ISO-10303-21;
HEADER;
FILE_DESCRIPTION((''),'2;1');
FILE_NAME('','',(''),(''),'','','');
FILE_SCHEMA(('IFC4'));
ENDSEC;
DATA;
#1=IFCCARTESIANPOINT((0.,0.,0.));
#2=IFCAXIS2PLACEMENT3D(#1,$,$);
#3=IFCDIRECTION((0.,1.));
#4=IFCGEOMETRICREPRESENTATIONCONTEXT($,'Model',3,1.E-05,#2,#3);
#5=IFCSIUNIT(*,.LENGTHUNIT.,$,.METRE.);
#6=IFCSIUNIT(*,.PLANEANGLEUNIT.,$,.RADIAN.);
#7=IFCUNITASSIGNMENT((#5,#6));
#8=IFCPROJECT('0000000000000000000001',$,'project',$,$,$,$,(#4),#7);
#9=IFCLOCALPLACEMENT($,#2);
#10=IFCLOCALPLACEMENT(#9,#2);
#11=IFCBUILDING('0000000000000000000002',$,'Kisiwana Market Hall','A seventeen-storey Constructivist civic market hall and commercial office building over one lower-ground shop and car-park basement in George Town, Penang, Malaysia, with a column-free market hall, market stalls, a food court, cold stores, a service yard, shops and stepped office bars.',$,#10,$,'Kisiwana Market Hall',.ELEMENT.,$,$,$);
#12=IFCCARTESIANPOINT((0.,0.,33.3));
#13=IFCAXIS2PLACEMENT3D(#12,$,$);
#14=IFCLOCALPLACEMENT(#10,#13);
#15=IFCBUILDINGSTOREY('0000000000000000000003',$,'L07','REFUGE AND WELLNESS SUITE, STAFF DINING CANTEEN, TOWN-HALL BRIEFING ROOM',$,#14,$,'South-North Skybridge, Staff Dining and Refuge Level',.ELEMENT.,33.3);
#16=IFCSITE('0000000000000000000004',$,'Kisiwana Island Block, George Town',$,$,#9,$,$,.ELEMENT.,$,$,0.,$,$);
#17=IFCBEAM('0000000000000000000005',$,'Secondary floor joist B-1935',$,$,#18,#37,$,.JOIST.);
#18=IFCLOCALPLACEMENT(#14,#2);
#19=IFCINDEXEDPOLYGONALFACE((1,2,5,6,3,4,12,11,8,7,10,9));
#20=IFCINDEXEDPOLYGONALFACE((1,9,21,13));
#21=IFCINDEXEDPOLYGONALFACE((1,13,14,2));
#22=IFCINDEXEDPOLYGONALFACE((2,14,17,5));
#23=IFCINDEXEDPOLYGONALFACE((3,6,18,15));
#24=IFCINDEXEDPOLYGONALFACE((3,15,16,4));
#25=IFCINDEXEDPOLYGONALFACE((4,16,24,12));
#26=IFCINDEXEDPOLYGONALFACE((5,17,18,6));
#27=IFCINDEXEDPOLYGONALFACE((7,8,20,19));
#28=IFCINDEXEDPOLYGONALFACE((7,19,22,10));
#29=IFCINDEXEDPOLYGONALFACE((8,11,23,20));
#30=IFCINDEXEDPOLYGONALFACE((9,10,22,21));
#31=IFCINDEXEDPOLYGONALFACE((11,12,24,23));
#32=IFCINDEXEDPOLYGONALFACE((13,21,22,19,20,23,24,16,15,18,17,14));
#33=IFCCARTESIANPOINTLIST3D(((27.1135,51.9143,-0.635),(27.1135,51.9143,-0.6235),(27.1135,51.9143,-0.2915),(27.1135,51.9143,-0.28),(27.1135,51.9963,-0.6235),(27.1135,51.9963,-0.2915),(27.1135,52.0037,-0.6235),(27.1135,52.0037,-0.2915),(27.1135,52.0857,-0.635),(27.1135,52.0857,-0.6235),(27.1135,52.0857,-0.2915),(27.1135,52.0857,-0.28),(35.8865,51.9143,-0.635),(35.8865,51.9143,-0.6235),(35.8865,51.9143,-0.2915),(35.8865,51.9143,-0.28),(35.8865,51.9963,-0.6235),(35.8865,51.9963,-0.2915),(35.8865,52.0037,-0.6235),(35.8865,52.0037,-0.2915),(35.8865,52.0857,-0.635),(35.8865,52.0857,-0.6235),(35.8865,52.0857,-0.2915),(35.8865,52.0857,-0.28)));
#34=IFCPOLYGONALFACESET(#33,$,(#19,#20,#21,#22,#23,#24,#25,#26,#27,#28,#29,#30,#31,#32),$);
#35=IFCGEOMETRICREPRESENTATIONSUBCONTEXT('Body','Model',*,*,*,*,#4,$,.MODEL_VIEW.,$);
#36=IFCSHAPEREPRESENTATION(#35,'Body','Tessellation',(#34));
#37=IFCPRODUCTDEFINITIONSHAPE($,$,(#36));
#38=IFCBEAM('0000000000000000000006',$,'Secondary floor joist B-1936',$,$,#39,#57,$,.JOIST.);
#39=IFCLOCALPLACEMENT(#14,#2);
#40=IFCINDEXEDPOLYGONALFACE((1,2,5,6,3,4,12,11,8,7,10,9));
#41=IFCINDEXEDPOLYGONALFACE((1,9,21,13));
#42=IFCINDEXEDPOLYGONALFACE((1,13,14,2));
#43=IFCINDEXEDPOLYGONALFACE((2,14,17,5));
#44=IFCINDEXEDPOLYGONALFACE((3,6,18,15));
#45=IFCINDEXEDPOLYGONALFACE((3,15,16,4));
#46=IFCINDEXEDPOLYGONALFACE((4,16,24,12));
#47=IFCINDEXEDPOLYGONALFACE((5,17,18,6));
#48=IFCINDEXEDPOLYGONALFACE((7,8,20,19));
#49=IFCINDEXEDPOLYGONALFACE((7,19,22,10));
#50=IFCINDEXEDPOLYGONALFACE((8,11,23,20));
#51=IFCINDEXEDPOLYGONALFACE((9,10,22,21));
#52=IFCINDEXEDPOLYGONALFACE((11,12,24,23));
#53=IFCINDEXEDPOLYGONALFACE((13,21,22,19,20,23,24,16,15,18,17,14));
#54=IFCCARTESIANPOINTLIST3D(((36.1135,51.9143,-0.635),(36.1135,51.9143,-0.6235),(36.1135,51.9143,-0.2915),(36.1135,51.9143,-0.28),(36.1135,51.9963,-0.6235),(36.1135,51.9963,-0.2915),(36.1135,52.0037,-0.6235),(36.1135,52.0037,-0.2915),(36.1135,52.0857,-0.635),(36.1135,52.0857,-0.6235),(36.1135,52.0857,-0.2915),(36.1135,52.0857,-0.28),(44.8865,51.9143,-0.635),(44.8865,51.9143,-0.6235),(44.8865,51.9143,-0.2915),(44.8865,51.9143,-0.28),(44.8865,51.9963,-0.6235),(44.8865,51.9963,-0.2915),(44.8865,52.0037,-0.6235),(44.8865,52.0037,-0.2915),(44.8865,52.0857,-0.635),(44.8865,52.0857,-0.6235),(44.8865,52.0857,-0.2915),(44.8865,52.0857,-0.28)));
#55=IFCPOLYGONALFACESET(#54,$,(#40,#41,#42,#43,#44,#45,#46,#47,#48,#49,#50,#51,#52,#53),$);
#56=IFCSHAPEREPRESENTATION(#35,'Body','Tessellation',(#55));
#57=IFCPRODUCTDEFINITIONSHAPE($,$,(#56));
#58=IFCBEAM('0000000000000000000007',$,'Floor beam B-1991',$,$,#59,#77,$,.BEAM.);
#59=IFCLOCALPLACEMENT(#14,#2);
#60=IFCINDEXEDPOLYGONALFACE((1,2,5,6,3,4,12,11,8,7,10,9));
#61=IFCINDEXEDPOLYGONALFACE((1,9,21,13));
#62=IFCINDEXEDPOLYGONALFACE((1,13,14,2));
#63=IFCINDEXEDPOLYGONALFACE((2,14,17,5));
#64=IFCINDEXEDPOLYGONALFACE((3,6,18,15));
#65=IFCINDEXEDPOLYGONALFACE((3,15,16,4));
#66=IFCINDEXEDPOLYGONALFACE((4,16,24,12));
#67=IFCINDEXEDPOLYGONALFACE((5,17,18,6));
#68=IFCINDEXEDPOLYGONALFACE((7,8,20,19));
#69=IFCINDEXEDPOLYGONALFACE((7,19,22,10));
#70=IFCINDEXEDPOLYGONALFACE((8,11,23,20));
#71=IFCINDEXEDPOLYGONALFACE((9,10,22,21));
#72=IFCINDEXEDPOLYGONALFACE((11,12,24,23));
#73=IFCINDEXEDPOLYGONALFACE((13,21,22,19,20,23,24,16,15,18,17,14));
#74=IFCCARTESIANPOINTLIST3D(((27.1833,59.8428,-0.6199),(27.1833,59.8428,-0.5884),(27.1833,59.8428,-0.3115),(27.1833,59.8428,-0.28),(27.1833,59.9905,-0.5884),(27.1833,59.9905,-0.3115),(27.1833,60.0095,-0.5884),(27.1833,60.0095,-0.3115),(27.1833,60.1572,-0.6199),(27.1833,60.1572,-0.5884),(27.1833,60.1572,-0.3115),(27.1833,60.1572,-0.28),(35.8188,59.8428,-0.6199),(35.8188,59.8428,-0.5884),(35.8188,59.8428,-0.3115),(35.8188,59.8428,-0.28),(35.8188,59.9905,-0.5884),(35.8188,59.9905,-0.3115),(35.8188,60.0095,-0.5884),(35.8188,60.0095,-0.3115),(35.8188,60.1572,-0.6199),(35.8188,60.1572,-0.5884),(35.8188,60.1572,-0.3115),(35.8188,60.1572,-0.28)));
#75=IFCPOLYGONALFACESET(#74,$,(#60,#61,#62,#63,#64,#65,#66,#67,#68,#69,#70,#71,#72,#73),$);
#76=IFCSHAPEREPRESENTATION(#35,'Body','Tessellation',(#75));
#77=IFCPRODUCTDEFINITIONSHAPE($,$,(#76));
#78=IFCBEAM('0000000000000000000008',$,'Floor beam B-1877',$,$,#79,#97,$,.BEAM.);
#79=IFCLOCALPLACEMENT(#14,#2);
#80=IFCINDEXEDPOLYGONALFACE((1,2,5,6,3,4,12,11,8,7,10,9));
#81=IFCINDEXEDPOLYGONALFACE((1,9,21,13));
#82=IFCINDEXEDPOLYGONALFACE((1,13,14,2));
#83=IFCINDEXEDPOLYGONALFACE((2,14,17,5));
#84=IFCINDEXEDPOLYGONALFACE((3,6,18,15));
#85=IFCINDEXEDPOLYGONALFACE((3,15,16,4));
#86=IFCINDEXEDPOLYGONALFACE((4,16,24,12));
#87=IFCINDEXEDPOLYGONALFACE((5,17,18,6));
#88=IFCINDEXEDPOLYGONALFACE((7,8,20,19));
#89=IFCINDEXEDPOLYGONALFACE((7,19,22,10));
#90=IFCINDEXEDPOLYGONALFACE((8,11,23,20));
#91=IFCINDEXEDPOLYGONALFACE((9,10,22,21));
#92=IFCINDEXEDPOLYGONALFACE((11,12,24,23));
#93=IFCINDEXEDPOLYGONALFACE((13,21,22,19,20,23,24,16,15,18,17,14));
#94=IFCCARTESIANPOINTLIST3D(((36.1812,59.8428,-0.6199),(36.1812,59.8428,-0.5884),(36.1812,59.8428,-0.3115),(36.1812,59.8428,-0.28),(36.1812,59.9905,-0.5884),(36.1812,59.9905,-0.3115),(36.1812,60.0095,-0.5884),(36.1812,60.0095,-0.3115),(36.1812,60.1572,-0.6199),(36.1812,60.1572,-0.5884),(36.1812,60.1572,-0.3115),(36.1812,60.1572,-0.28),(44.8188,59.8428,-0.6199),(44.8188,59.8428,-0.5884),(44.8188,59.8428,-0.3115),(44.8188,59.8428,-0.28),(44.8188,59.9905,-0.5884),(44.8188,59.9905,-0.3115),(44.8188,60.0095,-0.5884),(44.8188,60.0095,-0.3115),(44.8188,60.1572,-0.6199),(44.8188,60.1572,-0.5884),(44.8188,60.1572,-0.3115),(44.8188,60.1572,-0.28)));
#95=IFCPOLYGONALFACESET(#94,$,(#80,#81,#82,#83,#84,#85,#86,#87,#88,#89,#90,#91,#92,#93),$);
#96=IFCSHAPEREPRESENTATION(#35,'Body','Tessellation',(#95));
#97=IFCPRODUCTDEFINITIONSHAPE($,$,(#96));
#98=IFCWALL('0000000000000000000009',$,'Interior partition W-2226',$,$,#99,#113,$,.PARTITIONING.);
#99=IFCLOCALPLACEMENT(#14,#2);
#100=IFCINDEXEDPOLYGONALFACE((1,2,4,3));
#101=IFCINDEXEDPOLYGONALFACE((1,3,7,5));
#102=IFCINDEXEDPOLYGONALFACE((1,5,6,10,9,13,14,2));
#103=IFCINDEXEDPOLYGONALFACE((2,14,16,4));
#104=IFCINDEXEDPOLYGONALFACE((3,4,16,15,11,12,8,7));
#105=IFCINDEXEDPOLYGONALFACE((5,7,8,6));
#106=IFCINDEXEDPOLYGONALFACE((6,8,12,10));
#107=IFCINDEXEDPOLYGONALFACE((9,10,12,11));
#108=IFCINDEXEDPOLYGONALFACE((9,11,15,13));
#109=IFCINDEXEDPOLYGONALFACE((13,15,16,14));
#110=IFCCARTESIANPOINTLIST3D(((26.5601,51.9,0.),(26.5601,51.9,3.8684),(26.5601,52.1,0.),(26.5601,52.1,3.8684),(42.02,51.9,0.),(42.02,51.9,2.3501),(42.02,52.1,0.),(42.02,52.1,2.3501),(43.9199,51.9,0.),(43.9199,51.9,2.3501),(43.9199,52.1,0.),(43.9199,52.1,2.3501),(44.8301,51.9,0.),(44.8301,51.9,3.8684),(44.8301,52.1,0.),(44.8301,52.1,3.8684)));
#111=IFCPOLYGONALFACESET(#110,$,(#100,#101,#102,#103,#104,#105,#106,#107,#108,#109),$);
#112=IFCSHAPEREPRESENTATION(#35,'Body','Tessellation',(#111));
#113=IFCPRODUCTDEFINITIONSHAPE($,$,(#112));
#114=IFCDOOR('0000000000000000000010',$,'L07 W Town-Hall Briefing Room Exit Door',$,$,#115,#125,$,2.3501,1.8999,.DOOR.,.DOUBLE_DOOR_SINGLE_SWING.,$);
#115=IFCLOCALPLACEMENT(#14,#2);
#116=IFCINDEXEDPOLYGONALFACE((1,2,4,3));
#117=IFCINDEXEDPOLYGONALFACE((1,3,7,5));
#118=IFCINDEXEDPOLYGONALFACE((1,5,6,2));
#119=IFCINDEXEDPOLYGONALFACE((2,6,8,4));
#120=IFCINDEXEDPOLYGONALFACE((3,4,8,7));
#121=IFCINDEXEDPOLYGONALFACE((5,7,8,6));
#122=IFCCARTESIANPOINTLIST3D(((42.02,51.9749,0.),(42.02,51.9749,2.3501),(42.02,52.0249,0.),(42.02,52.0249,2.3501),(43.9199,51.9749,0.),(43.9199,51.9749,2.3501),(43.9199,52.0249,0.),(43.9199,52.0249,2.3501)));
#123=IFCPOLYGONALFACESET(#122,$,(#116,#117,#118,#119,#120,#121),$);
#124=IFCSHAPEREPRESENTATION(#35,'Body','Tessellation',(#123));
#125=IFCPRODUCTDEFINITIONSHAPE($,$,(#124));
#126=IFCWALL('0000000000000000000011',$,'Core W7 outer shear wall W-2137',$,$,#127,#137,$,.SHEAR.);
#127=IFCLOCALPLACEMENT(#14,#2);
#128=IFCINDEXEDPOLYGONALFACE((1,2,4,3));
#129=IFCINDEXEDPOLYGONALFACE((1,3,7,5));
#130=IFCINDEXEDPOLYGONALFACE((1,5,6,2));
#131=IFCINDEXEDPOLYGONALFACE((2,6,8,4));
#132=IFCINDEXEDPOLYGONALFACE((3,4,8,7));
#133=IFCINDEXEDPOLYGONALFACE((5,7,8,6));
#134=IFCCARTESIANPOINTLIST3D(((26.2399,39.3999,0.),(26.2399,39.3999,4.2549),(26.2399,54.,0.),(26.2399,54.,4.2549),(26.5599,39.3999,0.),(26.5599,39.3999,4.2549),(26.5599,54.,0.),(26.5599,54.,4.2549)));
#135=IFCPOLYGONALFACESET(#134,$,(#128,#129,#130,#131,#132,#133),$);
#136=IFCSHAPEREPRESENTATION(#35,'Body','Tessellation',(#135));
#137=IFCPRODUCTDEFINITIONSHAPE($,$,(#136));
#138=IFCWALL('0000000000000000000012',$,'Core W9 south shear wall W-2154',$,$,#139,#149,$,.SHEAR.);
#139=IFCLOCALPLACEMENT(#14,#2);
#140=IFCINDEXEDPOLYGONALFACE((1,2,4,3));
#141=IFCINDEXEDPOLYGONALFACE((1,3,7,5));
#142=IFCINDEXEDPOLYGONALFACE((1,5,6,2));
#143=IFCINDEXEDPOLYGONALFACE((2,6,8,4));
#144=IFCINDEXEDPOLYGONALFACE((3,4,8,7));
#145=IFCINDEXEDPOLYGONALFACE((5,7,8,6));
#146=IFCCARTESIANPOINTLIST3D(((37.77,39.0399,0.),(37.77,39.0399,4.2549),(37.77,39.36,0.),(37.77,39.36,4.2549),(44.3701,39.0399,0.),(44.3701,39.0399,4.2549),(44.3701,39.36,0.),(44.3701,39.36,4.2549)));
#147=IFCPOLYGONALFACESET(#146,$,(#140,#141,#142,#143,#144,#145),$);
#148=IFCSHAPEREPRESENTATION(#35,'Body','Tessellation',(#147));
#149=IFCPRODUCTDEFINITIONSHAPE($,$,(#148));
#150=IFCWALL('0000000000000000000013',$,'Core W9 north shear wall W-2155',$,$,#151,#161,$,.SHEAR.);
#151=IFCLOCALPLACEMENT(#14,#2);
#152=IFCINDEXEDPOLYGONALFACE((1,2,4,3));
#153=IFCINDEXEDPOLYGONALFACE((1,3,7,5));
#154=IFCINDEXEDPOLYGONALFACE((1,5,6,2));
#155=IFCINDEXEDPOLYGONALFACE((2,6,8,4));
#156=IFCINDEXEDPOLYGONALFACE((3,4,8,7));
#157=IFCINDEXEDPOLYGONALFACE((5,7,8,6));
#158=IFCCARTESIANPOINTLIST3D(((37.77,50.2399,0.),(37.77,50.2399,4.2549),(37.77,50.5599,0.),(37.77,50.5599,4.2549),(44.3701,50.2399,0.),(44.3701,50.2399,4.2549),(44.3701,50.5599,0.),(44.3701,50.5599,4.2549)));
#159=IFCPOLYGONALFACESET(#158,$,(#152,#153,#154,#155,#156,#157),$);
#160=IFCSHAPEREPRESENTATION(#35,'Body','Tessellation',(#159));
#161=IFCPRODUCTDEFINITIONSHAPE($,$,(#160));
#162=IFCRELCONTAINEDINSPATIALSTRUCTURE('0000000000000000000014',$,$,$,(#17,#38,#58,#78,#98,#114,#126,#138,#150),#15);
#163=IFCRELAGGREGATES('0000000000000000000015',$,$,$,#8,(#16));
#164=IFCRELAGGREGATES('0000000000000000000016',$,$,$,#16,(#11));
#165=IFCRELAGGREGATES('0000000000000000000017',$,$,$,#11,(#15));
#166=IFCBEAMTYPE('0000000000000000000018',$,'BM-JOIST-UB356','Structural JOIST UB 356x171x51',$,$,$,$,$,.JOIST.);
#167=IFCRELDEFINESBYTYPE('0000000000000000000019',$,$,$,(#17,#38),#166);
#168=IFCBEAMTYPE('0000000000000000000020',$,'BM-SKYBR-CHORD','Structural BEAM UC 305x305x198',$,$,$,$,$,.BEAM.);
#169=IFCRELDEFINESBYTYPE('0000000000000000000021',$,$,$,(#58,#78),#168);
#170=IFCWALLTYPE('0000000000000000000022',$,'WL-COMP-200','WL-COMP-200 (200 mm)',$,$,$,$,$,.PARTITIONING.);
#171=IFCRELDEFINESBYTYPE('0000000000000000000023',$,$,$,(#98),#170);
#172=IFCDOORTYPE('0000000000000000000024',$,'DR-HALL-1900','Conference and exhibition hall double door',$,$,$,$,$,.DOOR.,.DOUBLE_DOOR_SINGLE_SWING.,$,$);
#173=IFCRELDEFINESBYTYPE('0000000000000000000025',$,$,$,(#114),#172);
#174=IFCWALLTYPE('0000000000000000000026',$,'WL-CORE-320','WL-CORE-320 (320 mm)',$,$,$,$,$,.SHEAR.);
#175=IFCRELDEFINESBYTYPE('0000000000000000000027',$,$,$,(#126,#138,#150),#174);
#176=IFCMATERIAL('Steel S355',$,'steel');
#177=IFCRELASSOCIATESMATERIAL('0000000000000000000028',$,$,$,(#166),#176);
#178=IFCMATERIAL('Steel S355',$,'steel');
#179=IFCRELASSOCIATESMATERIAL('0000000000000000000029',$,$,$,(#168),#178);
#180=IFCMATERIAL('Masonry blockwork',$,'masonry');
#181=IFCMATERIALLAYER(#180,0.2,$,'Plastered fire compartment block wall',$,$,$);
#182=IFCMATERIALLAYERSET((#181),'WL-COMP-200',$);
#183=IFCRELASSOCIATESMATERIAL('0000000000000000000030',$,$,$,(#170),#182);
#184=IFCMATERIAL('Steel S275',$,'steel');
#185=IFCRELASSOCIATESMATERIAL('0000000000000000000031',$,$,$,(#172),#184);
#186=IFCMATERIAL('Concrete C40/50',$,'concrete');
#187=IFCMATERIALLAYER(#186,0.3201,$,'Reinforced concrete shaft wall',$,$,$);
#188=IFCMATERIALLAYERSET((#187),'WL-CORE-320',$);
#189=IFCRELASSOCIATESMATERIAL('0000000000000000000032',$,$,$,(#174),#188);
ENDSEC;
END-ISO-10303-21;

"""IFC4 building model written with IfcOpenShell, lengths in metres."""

from ifc_helpers import new_model, si_unit, direction, frame, frame_2d, origin, origin_2d, place, context, subcontext, project, spatial, rectangle, i_section, extrude, material, layer, layer_set, material_profile, profile_set, type_object, element, fill, save


model = new_model("IFC4")

# Units and contexts
model_context = context("Model", 3, precision=1e-05, world=origin(), true_north=direction((0.0, 1.0)))
body_context = subcontext(model_context, "Body", "Model", "MODEL_VIEW")
ifc_project = project(units=[si_unit("LENGTHUNIT", "METRE"), si_unit("PLANEANGLEUNIT", "RADIAN")], contexts=[model_context])

# Site, building, storey
site_placement = place(None, origin())
site = spatial("IfcSite", under=ifc_project, at=site_placement, Name="Kisiwana Island Block, George Town", CompositionType="ELEMENT", RefElevation=0.0)
building_placement = place(site_placement, origin())
building = spatial("IfcBuilding", under=site, at=building_placement, Name="Kisiwana Market Hall", Description="A seventeen-storey Constructivist civic market hall and commercial office building over one lower-ground shop and car-park basement in George Town, Penang, Malaysia, with a column-free market hall, market stalls, a food court, cold stores, a service yard, shops and stepped office bars.", LongName="Kisiwana Market Hall", CompositionType="ELEMENT")
storey_placement = place(building_placement, frame((0.0, 0.0, 33.3)))
storey = spatial("IfcBuildingStorey", under=building, at=storey_placement, Name="L07", Description="REFUGE AND WELLNESS SUITE, STAFF DINING CANTEEN, TOWN-HALL BRIEFING ROOM", LongName="South-North Skybridge, Staff Dining and Refuge Level", CompositionType="ELEMENT", Elevation=33.3)

# Beams
ifc_material_1 = material(Name="Steel S355", Category="steel")
ifc_material_profile_1 = material_profile(ifc_material_1, i_section(OverallWidth=0.1714, OverallDepth=0.355, WebThickness=0.0073, FlangeThickness=0.0115, at=origin_2d()), Name="UB 356x171x51")
ifc_profile_set_1 = profile_set([ifc_material_profile_1], Name="Steel S355")
beam_type_1 = type_object("IfcBeamType", Name="BM-JOIST-UB356", Description="Structural JOIST UB 356x171x51", PredefinedType="JOIST", material=ifc_profile_set_1)
for number, where, z_axis, x_axis, name in (
    (1, (27.1135, 52.0, -0.4575), (1.0, 0.0, 0.0), (0.0, 1.0, 0.0), "Secondary floor joist B-1935"),
    (2, (36.1135, 52.0, -0.4575), (1.0, 0.0, 0.0), (0.0, 1.0, 0.0), "Secondary floor joist B-1936"),
):
    element("IfcBeam", number, at=place(storey_placement, frame(where, z_axis=z_axis, x_axis=x_axis)), inside=storey, type_object=beam_type_1, Name=name, PredefinedType="JOIST", context=body_context, shape_type="SweptSolid", body=[
        extrude(i_section(OverallWidth=0.1714, OverallDepth=0.355, WebThickness=0.0073, FlangeThickness=0.0115, at=origin_2d()), origin(), (0.0, 0.0, 1.0), 8.7729),
    ])
ifc_material_2 = material(Name="Steel S355", Category="steel")
ifc_material_profile_2 = material_profile(ifc_material_2, i_section(OverallWidth=0.3145, OverallDepth=0.3398, WebThickness=0.019, FlangeThickness=0.0315, at=origin_2d()), Name="UC 305x305x198")
ifc_profile_set_2 = profile_set([ifc_material_profile_2], Name="Steel S355")
beam_type_2 = type_object("IfcBeamType", Name="BM-SKYBR-CHORD", Description="Structural BEAM UC 305x305x198", PredefinedType="BEAM", material=ifc_profile_set_2)
beam_1_placement = place(storey_placement, frame((27.1833, 60.0, -0.45), z_axis=(1.0, 0.0, 0.0), x_axis=(0.0, 1.0, 0.0)))
element("IfcBeam", 3, at=beam_1_placement, inside=storey, type_object=beam_type_2, Name="Floor beam B-1991", PredefinedType="BEAM", context=body_context, shape_type="SweptSolid", body=[
    extrude(i_section(OverallWidth=0.3145, OverallDepth=0.3398, WebThickness=0.019, FlangeThickness=0.0315, at=origin_2d()), origin(), (0.0, 0.0, 1.0), 8.6355),
])
beam_2_placement = place(storey_placement, frame((36.1812, 60.0, -0.45), z_axis=(1.0, 0.0, 0.0), x_axis=(0.0, 1.0, 0.0)))
element("IfcBeam", 4, at=beam_2_placement, inside=storey, type_object=beam_type_2, Name="Floor beam B-1877", PredefinedType="BEAM", context=body_context, shape_type="SweptSolid", body=[
    extrude(i_section(OverallWidth=0.3145, OverallDepth=0.3398, WebThickness=0.019, FlangeThickness=0.0315, at=origin_2d()), origin(), (0.0, 0.0, 1.0), 8.6377),
])

# Wall, opening, door
ifc_material_3 = material(Name="Masonry blockwork", Category="masonry")
ifc_layer_1 = layer(ifc_material_3, 0.2, Name="Plastered fire compartment block wall")
ifc_layer_set_1 = layer_set([ifc_layer_1], Name="WL-COMP-200")
wall_type_1 = type_object("IfcWallType", Name="WL-COMP-200", Description="WL-COMP-200 (200 mm)", PredefinedType="PARTITIONING", material=ifc_layer_set_1)
wall_1_placement = place(storey_placement, frame((26.5601, 52.0, 0.0), z_axis=(0.0, 0.0, 1.0), x_axis=(1.0, 0.0, 0.0)))
wall_1 = element("IfcWall", 5, at=wall_1_placement, inside=storey, type_object=wall_type_1, Name="Interior partition W-2226", PredefinedType="PARTITIONING", context=body_context, shape_type="SweptSolid", body=[
    extrude(rectangle(XDim=18.27, YDim=0.2, at=frame_2d((9.135, 0.0))), origin(), (0.0, 0.0, 1.0), 3.8684),
])
opening_1_placement = place(wall_1_placement, frame((15.46, 0.0, 0.0)))
opening_1 = element("IfcOpeningElement", 6, at=opening_1_placement, cuts=wall_1, PredefinedType="OPENING", context=body_context, shape_type="SweptSolid", body=[
    extrude(rectangle(XDim=1.8999, YDim=2.3501, at=frame_2d((0.95, 1.175))), frame((0.0, 0.1118, 0.0), z_axis=(0.0, -1.0, 0.0), x_axis=(1.0, 0.0, 0.0)), (0.0, 0.0, 1.0), 0.2239),
])
ifc_material_4 = material(Name="Steel S275", Category="steel")
door_type_1 = type_object("IfcDoorType", Name="DR-HALL-1900", Description="Conference and exhibition hall double door", OperationType="DOUBLE_DOOR_SINGLE_SWING", PredefinedType="DOOR", material=ifc_material_4)
door_1_placement = place(opening_1_placement, origin())
door_1 = element("IfcDoor", 7, at=door_1_placement, inside=storey, type_object=door_type_1, Name="L07 W Town-Hall Briefing Room Exit Door", OperationType="DOUBLE_DOOR_SINGLE_SWING", OverallHeight=2.3501, OverallWidth=1.8999, PredefinedType="DOOR", context=body_context, shape_type="SweptSolid", body=[
    extrude(rectangle(XDim=1.8999, YDim=2.3501, at=frame_2d((0.95, 1.175))), frame((0.0, 0.0249, 0.0), z_axis=(0.0, -1.0, 0.0), x_axis=(1.0, 0.0, 0.0)), (0.0, 0.0, 1.0), 0.05),
])
fill(opening_1, door_1)

# Walls
ifc_material_5 = material(Name="Concrete C40/50", Category="concrete")
ifc_layer_2 = layer(ifc_material_5, 0.3201, Name="Reinforced concrete shaft wall")
ifc_layer_set_2 = layer_set([ifc_layer_2], Name="WL-CORE-320")
wall_type_2 = type_object("IfcWallType", Name="WL-CORE-320", Description="WL-CORE-320 (320 mm)", PredefinedType="SHEAR", material=ifc_layer_set_2)
wall_2_placement = place(storey_placement, frame((26.3999, 39.3999, 0.0), z_axis=(0.0, 0.0, 1.0), x_axis=(0.0, 1.0, 0.0)))
element("IfcWall", 8, at=wall_2_placement, inside=storey, type_object=wall_type_2, Name="Core W7 outer shear wall W-2137", PredefinedType="SHEAR", context=body_context, shape_type="SweptSolid", body=[
    extrude(rectangle(XDim=14.6001, YDim=0.3201, at=frame_2d((7.3, 0.0))), origin(), (0.0, 0.0, 1.0), 4.2549),
])
for number, where, z_axis, x_axis, name in (
    (9, (37.77, 39.2, 0.0), (0.0, 0.0, 1.0), (1.0, 0.0, 0.0), "Core W9 south shear wall W-2154"),
    (10, (37.77, 50.3999, 0.0), (0.0, 0.0, 1.0), (1.0, 0.0, 0.0), "Core W9 north shear wall W-2155"),
):
    element("IfcWall", number, at=place(storey_placement, frame(where, z_axis=z_axis, x_axis=x_axis)), inside=storey, type_object=wall_type_2, Name=name, PredefinedType="SHEAR", context=body_context, shape_type="SweptSolid", body=[
        extrude(rectangle(XDim=6.6001, YDim=0.3201, at=frame_2d((3.3, 0.0))), origin(), (0.0, 0.0, 1.0), 4.2549),
    ])

save(model, "model.ifc")
